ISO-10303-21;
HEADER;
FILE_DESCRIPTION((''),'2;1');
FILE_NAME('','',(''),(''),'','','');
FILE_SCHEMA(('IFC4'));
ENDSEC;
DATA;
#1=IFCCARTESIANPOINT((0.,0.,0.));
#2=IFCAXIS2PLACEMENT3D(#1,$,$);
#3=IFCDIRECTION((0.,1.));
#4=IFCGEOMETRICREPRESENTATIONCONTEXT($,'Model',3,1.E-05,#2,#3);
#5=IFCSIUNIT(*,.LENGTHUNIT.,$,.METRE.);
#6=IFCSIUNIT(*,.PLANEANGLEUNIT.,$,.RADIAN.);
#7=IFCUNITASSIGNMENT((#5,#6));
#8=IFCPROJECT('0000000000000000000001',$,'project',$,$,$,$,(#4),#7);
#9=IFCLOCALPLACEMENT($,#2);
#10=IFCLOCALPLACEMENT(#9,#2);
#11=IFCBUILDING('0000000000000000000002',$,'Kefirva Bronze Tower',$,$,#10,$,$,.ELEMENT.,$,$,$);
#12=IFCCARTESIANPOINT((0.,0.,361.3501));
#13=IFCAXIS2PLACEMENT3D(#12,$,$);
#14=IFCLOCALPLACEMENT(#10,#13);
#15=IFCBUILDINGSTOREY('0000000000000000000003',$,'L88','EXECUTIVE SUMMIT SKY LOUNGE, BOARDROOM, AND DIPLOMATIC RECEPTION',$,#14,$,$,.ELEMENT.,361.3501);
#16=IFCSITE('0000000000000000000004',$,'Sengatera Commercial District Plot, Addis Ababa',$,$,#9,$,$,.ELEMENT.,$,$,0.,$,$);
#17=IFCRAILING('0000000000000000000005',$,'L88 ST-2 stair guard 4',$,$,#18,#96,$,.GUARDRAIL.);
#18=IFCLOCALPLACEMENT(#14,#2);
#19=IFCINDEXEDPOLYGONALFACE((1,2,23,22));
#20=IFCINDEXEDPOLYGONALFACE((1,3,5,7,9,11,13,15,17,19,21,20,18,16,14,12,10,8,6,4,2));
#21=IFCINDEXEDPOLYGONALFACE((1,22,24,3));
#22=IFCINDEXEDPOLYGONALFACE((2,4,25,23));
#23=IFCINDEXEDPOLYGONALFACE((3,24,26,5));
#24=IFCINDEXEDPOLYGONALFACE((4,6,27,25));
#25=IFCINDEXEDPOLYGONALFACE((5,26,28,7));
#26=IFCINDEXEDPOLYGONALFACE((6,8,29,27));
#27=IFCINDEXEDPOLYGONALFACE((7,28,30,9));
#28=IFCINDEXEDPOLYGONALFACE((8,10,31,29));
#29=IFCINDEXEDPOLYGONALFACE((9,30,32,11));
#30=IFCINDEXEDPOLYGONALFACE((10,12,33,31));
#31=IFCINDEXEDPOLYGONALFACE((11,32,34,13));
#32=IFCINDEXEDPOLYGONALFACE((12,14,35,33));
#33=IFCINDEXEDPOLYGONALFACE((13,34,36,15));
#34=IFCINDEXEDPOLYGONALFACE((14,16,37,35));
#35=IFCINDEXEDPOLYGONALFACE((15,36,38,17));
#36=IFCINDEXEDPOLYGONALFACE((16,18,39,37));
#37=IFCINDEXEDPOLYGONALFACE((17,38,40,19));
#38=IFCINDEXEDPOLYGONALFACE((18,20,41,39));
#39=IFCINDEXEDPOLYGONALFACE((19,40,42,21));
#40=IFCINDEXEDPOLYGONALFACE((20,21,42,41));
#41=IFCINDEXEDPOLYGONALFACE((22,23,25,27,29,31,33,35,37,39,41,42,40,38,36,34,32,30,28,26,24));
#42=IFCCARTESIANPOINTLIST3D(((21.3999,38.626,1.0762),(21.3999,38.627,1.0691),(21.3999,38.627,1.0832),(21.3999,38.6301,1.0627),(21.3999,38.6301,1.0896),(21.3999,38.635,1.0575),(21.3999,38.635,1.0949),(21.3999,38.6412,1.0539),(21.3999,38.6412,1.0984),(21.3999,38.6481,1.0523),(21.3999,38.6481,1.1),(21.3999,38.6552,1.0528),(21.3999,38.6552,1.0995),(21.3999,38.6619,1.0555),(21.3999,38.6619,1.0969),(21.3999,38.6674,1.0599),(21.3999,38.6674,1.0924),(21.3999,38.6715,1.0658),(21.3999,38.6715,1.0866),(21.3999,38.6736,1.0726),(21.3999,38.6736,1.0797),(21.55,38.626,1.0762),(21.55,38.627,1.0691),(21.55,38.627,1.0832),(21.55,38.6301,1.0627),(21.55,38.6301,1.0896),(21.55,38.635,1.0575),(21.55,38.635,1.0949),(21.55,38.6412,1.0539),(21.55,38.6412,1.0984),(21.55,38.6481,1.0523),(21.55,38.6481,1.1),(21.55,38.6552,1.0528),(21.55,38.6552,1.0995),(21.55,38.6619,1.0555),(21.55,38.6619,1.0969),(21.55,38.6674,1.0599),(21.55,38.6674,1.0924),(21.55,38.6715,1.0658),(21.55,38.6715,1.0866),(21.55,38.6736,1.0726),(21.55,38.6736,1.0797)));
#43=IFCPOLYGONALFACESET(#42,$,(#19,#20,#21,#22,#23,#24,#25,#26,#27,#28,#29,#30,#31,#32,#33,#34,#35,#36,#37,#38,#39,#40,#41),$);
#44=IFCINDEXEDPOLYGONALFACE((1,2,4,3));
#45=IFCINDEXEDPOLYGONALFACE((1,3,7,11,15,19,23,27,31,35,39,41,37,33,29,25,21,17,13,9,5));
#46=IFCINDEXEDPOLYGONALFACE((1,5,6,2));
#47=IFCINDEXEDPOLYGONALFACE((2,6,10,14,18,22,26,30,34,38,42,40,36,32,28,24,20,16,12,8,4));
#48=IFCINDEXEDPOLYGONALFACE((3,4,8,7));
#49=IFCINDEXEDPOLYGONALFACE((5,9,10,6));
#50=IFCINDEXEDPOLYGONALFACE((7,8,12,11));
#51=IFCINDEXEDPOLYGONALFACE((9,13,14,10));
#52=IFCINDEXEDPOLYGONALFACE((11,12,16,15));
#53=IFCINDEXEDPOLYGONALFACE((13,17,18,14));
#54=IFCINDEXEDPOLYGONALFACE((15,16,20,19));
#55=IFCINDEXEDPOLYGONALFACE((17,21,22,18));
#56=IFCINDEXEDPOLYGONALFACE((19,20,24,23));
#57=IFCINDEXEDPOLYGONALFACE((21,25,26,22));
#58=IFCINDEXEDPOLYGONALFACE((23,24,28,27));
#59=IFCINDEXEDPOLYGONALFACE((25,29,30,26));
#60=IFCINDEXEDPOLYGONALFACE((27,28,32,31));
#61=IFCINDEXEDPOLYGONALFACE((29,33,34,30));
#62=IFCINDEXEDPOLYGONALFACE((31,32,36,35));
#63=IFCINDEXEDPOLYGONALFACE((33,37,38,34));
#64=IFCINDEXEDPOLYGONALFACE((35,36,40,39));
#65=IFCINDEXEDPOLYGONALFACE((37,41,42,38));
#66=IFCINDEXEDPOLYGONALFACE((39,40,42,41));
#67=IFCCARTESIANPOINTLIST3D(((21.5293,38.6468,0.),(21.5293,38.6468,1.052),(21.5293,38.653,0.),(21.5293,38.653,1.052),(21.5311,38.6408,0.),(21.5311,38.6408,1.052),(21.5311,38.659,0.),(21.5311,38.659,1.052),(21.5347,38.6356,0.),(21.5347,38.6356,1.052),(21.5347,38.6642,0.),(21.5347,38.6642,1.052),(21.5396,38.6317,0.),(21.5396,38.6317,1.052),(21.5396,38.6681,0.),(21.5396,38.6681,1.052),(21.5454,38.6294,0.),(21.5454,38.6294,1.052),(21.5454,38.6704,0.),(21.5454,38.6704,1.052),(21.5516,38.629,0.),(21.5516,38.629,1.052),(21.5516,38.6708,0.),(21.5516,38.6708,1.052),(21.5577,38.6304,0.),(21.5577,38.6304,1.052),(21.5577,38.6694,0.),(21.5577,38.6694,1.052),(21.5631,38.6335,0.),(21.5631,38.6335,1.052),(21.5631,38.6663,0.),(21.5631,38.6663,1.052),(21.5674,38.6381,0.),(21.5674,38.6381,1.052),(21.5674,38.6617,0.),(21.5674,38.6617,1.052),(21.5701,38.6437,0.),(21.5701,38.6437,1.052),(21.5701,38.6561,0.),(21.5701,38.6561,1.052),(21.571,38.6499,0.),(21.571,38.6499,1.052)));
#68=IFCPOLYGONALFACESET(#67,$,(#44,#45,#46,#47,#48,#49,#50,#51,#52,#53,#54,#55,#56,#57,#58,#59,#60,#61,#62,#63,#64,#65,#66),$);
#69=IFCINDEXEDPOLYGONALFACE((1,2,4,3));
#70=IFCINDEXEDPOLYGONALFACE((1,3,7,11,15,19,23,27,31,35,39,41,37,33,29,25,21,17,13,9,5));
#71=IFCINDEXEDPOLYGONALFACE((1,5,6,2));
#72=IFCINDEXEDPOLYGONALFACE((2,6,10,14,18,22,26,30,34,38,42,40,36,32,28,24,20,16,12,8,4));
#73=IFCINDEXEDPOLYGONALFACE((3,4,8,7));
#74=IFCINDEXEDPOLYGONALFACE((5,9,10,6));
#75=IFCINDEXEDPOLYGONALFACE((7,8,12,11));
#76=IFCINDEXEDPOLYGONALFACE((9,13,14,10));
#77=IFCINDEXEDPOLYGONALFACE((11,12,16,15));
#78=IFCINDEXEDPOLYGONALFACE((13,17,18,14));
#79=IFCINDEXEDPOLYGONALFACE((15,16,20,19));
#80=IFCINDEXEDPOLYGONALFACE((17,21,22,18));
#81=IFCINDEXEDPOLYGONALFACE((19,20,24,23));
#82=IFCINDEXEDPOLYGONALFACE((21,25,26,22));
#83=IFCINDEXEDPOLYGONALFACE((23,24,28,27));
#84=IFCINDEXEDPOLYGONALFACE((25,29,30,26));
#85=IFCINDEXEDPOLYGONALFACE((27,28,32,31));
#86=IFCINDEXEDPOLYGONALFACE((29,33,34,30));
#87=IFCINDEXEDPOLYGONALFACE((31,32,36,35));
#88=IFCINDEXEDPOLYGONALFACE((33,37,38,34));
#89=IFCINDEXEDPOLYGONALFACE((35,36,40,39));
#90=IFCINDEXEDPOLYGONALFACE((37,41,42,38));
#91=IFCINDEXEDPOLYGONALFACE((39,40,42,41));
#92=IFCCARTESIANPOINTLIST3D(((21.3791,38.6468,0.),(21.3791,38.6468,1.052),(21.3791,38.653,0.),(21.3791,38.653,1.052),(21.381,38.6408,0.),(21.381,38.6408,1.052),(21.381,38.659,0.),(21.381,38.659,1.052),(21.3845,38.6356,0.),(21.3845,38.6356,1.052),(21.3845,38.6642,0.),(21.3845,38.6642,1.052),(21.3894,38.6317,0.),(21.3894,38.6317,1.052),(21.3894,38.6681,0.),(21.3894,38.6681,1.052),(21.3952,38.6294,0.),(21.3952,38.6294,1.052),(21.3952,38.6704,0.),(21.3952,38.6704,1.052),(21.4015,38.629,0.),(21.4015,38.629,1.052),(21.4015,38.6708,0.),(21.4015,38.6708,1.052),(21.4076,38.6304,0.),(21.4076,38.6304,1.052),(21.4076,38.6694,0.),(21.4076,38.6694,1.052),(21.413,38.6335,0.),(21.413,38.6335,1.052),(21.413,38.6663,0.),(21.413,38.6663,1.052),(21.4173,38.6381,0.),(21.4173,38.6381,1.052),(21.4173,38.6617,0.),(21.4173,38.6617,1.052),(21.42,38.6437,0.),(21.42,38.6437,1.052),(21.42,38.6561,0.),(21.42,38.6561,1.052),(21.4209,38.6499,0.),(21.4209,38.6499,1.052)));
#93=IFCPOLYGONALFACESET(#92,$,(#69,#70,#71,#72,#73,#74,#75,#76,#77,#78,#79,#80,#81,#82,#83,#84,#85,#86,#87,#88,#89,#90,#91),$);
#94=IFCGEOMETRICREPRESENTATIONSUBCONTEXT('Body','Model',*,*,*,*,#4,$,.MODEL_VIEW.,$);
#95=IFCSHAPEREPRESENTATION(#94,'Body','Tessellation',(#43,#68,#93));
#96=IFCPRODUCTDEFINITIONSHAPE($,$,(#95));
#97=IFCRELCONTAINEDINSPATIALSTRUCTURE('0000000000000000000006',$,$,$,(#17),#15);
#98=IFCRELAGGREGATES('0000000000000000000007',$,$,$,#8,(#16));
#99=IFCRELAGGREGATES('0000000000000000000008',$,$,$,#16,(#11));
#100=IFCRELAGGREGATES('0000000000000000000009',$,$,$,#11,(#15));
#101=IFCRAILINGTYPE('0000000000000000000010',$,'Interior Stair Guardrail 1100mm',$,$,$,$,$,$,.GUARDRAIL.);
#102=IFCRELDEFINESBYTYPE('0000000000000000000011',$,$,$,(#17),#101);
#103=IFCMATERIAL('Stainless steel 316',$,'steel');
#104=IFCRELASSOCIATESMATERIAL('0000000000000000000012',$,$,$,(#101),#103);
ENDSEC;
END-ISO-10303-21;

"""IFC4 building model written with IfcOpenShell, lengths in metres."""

from ifc_helpers import new_model, si_unit, direction, frame, origin, origin_2d, place, context, subcontext, project, spatial, circle, extrude, material, type_object, element, save


model = new_model("IFC4")

# Units and contexts
model_context = context("Model", 3, precision=1e-05, world=origin(), true_north=direction((0.0, 1.0)))
body_context = subcontext(model_context, "Body", "Model", "MODEL_VIEW")
ifc_project = project(units=[si_unit("LENGTHUNIT", "METRE"), si_unit("PLANEANGLEUNIT", "RADIAN")], contexts=[model_context])

# Site, building, storey
site_placement = place(None, origin())
site = spatial("IfcSite", under=ifc_project, at=site_placement, Name="Sengatera Commercial District Plot, Addis Ababa", CompositionType="ELEMENT", RefElevation=0.0)
building_placement = place(site_placement, origin())
building = spatial("IfcBuilding", under=site, at=building_placement, Name="Kefirva Bronze Tower", CompositionType="ELEMENT")
storey_placement = place(building_placement, frame((0.0, 0.0, 361.3501)))
storey = spatial("IfcBuildingStorey", under=building, at=storey_placement, Name="L88", Description="EXECUTIVE SUMMIT SKY LOUNGE, BOARDROOM, AND DIPLOMATIC RECEPTION", CompositionType="ELEMENT", Elevation=361.3501)

# Railing
ifc_material_1 = material(Name="Stainless steel 316", Category="steel")
railing_type = type_object("IfcRailingType", Name="Interior Stair Guardrail 1100mm", PredefinedType="GUARDRAIL", material=ifc_material_1)
railing_1_placement = place(storey_placement, frame((21.55, 38.6499, 0.0)))
element("IfcRailing", 1, at=railing_1_placement, inside=storey, type_object=railing_type, Name="L88 ST-2 stair guard 4", PredefinedType="GUARDRAIL", context=body_context, shape_type="SweptSolid", body=[
    extrude(circle(Radius=0.0239, at=origin_2d()), frame((0.0, 0.0, 1.0762), z_axis=(-1.0, 0.0, 0.0), x_axis=(0.0, -1.0, 0.0)), (0.0, 0.0, 1.0), 0.1501),
    extrude(circle(Radius=0.021, at=origin_2d()), origin(), (0.0, 0.0, 1.0), 1.052),
    extrude(circle(Radius=0.021, at=origin_2d()), frame((-0.1501, 0.0, 0.0)), (0.0, 0.0, 1.0), 1.052),
])

save(model, "model.ifc")
